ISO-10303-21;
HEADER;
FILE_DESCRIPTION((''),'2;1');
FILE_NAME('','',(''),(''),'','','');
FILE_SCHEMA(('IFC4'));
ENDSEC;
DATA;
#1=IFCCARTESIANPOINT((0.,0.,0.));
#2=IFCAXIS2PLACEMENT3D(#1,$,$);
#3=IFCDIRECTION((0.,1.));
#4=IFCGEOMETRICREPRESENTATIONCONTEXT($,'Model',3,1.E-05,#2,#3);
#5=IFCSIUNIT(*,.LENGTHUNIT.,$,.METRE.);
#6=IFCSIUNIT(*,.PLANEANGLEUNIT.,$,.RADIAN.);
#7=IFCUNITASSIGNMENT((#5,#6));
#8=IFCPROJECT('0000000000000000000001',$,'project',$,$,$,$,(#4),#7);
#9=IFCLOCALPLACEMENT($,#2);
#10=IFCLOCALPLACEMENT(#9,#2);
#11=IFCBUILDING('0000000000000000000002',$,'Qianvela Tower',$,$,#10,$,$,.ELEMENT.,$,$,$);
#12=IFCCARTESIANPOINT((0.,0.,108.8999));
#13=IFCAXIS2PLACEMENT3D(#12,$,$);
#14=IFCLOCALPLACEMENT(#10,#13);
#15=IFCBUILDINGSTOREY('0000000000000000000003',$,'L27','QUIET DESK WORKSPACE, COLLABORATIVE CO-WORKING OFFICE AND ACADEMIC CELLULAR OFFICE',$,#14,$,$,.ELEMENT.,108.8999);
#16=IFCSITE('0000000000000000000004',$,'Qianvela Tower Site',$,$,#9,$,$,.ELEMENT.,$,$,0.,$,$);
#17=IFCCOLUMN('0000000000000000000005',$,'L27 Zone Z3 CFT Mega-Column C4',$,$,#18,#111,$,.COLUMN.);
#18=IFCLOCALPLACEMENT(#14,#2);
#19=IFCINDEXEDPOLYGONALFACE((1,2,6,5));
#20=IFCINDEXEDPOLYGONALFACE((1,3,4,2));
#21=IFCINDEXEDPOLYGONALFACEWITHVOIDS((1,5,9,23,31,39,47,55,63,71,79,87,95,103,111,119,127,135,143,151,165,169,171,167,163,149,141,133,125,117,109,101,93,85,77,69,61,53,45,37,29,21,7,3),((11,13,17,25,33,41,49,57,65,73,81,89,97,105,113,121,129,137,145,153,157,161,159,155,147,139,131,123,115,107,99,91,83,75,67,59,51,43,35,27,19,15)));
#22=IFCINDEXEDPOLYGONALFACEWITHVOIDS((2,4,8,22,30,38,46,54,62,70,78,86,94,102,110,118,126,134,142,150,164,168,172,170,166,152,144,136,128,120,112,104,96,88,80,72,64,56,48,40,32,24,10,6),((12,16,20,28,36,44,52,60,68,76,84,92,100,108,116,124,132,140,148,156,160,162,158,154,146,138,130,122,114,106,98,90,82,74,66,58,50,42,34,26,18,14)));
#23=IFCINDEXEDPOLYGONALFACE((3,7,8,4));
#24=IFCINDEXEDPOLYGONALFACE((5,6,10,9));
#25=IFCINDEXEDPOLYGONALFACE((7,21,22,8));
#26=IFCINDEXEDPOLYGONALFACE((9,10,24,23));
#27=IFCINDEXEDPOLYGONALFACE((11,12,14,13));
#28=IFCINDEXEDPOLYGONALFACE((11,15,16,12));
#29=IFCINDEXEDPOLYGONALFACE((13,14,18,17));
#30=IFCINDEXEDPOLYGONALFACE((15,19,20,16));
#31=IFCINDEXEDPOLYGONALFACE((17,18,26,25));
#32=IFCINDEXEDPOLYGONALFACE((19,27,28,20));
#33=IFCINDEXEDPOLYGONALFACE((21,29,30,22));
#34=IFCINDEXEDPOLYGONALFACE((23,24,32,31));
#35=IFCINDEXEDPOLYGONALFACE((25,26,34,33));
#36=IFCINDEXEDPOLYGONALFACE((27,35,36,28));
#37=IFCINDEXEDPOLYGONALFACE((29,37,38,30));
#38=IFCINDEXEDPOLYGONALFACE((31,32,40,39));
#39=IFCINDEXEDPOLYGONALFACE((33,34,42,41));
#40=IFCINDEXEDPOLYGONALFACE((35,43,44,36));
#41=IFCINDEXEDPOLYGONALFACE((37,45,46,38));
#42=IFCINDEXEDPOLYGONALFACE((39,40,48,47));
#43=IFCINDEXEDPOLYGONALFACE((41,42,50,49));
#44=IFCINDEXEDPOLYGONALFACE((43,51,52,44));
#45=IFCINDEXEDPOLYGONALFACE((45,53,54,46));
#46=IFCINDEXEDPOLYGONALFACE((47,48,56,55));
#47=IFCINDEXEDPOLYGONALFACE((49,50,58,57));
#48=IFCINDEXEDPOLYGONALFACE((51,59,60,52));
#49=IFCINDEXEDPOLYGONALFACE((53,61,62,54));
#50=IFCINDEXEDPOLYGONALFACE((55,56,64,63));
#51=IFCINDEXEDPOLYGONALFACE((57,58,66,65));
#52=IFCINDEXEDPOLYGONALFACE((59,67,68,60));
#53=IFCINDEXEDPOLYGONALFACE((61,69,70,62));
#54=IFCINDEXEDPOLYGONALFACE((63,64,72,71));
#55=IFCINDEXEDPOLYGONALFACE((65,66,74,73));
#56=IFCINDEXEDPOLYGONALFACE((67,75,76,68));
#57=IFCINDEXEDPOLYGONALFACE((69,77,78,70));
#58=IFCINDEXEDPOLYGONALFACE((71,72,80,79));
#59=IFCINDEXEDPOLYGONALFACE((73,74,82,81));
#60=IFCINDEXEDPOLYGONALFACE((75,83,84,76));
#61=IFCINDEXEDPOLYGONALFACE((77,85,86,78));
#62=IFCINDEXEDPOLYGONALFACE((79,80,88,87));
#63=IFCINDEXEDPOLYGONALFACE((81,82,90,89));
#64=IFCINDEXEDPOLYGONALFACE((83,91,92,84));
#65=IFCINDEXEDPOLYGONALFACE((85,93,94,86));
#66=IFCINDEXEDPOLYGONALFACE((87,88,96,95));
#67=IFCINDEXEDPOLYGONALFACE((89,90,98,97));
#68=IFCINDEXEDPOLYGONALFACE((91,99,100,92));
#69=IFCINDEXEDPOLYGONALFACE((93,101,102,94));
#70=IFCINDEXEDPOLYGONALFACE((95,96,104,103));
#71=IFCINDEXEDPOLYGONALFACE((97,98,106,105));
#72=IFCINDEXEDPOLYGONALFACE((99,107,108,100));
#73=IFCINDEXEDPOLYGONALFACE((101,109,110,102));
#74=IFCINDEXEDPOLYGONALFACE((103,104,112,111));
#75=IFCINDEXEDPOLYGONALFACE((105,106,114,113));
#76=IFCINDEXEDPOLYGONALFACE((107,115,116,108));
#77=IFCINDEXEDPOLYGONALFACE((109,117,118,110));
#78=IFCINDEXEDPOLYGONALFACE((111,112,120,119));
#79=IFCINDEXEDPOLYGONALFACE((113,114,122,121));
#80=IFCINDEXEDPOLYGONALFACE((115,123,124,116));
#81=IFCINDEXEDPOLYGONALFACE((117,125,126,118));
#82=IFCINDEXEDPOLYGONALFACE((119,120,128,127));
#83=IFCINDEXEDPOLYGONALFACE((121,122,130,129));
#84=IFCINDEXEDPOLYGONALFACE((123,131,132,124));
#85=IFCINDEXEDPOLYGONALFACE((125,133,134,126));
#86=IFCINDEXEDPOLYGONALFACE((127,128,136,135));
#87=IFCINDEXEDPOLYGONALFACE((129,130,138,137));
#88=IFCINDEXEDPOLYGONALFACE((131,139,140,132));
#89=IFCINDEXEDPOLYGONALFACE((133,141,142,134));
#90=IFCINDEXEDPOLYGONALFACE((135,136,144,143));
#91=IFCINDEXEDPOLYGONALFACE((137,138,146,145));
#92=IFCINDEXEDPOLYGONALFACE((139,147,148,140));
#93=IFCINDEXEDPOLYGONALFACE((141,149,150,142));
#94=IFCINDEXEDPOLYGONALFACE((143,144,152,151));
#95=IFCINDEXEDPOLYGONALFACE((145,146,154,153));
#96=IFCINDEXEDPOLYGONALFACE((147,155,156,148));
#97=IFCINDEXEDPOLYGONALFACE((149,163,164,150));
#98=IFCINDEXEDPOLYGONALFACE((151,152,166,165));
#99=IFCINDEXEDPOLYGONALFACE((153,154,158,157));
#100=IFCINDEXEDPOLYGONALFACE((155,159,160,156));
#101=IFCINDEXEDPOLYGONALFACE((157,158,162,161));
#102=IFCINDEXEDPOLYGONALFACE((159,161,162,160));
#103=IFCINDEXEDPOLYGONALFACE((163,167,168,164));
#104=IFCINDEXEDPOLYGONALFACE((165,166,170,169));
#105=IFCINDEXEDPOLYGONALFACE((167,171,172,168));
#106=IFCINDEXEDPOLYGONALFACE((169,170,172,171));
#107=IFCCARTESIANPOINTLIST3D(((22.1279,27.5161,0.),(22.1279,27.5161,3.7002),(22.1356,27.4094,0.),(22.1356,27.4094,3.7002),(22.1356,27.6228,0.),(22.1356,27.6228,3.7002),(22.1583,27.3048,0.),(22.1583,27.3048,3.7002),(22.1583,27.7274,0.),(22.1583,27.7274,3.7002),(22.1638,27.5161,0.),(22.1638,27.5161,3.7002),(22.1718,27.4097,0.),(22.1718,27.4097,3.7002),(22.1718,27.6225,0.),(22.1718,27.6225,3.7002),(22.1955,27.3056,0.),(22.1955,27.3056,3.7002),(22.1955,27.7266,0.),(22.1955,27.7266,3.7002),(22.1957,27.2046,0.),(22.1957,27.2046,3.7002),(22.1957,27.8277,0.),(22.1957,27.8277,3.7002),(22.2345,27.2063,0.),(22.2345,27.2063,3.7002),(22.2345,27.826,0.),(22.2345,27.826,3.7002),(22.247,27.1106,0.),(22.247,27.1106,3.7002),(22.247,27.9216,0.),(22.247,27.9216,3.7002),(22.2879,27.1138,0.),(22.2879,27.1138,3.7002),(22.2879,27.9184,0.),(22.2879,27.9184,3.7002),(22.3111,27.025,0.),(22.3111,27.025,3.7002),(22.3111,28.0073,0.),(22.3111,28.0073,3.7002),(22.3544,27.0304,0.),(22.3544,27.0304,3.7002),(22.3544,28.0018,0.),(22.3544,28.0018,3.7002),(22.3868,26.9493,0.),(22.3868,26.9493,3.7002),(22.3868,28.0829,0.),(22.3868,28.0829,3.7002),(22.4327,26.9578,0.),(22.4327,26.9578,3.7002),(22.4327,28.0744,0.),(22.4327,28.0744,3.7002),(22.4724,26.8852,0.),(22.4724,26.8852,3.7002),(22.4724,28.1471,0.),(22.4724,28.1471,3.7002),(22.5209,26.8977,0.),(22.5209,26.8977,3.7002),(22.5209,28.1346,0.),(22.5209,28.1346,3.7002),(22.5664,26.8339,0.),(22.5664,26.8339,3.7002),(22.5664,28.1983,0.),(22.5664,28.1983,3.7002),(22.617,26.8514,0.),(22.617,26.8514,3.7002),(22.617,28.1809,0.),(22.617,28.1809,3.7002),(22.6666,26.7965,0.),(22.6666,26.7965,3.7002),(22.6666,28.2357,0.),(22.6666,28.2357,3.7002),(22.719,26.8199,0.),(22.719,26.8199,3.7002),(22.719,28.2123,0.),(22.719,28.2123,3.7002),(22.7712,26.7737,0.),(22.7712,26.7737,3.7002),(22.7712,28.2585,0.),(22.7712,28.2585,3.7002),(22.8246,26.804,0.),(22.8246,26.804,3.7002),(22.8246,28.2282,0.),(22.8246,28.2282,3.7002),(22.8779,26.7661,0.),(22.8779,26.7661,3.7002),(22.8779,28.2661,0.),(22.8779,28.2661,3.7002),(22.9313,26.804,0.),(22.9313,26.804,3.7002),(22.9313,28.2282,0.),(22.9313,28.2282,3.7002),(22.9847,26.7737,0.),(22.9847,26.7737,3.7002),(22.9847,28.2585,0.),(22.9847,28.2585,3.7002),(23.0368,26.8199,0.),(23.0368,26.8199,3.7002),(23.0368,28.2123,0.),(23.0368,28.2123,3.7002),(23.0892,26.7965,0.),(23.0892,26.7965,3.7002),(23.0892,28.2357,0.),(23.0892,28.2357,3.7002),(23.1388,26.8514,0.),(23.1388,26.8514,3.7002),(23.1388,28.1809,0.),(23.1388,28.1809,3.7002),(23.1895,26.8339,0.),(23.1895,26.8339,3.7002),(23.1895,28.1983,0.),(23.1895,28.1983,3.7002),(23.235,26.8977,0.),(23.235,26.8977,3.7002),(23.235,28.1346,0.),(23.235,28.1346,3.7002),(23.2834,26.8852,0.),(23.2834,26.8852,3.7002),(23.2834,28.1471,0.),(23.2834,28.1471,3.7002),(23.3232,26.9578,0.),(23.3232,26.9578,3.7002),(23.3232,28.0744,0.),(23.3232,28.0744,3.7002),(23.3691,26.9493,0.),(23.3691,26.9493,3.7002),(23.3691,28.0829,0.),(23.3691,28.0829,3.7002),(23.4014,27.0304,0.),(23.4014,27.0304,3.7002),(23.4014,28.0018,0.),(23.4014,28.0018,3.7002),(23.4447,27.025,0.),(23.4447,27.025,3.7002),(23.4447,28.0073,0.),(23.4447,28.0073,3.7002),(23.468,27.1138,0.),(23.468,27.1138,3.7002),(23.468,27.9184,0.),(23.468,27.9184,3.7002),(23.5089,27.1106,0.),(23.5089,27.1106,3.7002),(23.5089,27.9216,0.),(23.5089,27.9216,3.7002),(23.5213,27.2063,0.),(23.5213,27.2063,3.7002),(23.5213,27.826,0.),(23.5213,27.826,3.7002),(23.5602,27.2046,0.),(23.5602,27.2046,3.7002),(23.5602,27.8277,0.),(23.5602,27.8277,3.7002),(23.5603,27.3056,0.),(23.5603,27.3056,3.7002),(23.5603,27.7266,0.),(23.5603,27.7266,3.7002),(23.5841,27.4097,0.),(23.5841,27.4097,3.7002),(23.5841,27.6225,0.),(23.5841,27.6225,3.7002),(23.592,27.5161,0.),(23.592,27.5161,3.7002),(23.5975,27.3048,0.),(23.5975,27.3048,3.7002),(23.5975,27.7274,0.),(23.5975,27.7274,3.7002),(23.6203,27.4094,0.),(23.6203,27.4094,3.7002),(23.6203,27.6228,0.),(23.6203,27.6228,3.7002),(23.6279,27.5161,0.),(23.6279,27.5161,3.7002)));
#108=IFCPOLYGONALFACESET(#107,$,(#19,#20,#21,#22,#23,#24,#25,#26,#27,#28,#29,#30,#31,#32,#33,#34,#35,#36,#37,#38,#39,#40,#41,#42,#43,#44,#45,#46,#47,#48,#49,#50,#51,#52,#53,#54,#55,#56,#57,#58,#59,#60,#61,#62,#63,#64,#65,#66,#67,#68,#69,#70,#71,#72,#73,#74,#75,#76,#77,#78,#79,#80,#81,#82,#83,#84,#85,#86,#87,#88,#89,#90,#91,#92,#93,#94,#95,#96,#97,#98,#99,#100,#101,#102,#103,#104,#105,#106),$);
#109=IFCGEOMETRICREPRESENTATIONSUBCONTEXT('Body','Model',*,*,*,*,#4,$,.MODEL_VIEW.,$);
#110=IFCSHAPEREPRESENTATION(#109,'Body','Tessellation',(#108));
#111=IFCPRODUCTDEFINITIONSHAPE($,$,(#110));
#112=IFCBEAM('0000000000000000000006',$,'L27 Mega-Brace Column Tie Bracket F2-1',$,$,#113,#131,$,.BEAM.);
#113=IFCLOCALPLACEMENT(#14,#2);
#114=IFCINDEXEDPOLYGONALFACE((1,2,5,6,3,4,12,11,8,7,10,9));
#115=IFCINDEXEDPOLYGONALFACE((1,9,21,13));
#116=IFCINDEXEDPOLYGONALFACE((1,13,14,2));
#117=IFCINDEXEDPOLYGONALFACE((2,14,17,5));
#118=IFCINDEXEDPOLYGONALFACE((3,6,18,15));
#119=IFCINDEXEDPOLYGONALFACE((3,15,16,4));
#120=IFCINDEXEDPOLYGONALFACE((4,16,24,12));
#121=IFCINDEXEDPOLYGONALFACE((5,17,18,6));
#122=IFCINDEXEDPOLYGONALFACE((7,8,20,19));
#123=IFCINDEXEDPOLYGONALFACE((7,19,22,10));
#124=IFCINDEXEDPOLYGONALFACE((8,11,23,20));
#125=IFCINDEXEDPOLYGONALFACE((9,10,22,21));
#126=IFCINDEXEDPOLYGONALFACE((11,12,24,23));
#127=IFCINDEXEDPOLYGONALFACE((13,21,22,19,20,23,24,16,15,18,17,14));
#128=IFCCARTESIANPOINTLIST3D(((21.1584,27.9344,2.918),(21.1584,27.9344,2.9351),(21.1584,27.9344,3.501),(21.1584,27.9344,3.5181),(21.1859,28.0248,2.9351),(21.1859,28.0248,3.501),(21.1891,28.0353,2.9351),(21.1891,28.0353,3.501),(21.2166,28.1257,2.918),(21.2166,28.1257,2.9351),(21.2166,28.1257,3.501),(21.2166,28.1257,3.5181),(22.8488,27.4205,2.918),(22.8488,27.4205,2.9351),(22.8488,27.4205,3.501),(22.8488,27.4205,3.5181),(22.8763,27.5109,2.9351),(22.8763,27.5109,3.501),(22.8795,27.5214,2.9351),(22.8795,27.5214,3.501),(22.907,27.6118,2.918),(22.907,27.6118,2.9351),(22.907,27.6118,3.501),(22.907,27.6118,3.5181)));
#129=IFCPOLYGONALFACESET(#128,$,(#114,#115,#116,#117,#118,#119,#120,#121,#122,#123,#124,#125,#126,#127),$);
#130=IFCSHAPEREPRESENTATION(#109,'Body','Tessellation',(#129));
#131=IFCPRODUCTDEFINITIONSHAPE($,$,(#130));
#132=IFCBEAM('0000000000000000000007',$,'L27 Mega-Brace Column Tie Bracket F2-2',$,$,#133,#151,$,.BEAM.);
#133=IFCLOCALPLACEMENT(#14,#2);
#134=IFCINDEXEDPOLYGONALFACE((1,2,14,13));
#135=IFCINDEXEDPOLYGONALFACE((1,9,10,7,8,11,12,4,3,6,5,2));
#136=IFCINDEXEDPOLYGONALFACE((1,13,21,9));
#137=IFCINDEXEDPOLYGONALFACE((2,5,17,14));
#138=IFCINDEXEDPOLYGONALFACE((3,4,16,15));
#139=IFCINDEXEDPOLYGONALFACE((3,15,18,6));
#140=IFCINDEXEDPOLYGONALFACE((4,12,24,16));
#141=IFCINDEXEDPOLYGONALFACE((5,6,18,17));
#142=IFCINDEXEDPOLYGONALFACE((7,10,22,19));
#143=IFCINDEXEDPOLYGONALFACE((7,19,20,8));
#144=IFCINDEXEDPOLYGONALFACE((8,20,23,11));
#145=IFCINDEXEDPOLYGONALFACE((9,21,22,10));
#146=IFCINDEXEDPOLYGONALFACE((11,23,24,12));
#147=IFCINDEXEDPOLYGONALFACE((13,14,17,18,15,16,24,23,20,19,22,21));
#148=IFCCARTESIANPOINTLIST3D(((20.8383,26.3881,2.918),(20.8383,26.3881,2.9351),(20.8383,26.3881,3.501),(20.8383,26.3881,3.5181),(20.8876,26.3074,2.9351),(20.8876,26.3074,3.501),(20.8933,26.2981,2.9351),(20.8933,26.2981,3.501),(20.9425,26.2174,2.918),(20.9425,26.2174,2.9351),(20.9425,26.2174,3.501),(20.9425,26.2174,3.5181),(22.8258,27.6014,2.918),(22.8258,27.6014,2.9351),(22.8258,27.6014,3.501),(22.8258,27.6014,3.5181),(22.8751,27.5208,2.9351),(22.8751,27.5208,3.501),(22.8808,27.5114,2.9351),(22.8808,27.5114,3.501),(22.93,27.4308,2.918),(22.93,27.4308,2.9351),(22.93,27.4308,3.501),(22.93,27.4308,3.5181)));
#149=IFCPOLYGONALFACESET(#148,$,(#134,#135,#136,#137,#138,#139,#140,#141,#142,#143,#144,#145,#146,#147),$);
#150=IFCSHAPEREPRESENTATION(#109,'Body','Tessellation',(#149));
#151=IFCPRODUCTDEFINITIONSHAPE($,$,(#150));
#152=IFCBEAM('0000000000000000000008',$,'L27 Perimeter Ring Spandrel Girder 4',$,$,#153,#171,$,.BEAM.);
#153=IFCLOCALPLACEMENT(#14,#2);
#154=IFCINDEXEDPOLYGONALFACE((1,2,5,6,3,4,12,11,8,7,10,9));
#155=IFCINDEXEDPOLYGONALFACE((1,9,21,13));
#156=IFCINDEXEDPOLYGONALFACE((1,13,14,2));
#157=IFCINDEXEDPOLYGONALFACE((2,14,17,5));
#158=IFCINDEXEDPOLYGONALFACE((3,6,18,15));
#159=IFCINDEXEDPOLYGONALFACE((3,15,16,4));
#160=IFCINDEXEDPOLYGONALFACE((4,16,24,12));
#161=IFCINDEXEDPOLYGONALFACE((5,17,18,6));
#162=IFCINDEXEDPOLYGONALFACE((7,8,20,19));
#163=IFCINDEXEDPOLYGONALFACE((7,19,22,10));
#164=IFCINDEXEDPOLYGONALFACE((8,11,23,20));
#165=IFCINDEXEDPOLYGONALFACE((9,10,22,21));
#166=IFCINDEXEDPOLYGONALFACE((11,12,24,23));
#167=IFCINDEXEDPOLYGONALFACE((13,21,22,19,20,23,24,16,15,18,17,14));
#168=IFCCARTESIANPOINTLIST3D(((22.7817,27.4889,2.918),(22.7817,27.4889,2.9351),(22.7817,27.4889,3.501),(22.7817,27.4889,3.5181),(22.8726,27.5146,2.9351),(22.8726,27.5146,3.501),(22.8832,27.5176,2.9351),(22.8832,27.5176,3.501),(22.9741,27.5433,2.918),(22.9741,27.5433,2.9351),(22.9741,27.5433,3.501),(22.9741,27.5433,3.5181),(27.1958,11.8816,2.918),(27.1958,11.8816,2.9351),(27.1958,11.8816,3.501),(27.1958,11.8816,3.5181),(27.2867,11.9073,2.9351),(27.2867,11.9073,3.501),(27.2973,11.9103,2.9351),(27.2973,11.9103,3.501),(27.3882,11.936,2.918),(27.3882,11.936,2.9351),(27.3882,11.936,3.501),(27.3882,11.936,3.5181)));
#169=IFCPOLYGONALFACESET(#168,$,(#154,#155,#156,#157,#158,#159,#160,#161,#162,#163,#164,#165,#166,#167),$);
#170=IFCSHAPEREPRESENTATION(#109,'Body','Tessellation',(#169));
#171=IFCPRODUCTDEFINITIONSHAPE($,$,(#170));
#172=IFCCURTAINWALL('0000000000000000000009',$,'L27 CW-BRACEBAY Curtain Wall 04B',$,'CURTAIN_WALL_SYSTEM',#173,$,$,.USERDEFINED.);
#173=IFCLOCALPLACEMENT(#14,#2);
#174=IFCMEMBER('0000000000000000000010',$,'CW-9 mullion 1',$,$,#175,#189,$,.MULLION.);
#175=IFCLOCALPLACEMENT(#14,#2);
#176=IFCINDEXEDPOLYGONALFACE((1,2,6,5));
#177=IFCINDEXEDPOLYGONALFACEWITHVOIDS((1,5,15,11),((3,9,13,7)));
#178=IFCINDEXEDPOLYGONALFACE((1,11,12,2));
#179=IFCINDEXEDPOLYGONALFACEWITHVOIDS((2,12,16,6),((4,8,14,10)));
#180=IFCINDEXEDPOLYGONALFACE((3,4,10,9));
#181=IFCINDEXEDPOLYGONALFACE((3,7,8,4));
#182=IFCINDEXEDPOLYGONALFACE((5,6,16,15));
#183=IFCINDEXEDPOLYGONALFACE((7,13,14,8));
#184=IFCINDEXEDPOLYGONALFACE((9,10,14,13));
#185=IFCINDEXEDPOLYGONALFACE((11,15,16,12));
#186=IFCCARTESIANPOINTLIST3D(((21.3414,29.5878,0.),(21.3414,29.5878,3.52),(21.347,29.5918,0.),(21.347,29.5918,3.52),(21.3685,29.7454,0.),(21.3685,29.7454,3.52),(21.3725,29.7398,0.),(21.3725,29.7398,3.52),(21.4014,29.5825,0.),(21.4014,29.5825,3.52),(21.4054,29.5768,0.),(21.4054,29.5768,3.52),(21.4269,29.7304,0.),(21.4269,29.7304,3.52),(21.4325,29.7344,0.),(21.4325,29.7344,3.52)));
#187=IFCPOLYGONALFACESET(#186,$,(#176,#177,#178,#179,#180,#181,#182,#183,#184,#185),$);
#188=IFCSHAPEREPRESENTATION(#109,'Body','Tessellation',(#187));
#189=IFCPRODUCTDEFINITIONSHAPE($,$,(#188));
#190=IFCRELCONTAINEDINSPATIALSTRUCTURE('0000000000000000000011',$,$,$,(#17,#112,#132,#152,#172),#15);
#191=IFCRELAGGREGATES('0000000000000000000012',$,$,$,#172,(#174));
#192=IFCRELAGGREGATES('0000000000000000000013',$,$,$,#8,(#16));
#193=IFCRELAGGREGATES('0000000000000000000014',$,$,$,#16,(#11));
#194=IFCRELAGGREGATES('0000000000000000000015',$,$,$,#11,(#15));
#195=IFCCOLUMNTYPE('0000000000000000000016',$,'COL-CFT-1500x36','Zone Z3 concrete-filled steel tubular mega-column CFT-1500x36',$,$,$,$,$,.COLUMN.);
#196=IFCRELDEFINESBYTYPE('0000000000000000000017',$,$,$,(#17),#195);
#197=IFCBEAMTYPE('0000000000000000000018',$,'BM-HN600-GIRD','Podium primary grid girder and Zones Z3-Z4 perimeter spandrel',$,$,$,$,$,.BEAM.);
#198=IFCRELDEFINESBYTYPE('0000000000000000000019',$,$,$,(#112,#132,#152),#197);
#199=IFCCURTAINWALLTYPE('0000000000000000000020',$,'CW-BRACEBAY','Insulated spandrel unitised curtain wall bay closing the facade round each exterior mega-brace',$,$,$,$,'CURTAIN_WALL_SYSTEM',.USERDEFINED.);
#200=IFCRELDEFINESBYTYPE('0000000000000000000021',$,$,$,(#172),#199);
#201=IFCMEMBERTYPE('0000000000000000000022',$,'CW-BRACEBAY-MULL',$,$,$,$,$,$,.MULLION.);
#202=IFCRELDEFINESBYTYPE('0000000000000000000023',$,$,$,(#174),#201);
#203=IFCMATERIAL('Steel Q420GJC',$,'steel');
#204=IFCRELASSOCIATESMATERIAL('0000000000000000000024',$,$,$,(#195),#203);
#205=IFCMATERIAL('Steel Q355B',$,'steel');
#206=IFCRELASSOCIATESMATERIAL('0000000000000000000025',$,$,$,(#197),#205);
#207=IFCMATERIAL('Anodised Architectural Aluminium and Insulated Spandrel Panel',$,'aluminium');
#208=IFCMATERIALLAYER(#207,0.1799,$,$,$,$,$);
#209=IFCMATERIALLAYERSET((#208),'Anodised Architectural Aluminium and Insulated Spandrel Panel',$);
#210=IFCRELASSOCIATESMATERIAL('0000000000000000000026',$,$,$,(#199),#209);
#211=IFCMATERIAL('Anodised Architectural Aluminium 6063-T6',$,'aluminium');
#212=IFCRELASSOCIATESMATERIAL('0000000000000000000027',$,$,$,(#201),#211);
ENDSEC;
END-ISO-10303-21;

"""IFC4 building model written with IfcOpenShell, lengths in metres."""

from ifc_helpers import new_model, si_unit, direction, frame, origin, origin_2d, place, context, subcontext, project, spatial, hollow_rectangle, hollow_circle, i_section, extrude, material, layer, layer_set, material_profile, profile_set, type_object, element, aggregate, save


model = new_model("IFC4")

# Units and contexts
model_context = context("Model", 3, precision=1e-05, world=origin(), true_north=direction((0.0, 1.0)))
body_context = subcontext(model_context, "Body", "Model", "MODEL_VIEW")
ifc_project = project(units=[si_unit("LENGTHUNIT", "METRE"), si_unit("PLANEANGLEUNIT", "RADIAN")], contexts=[model_context])

# Site, building, storey
site_placement = place(None, origin())
site = spatial("IfcSite", under=ifc_project, at=site_placement, Name="Qianvela Tower Site", CompositionType="ELEMENT", RefElevation=0.0)
building_placement = place(site_placement, origin())
building = spatial("IfcBuilding", under=site, at=building_placement, Name="Qianvela Tower", CompositionType="ELEMENT")
storey_placement = place(building_placement, frame((0.0, 0.0, 108.8999)))
storey = spatial("IfcBuildingStorey", under=building, at=storey_placement, Name="L27", Description="QUIET DESK WORKSPACE, COLLABORATIVE CO-WORKING OFFICE AND ACADEMIC CELLULAR OFFICE", CompositionType="ELEMENT", Elevation=108.8999)

# Column
ifc_material_1 = material(Name="Steel Q420GJC", Category="steel")
ifc_material_profile_1 = material_profile(ifc_material_1, hollow_circle(Radius=0.75, WallThickness=0.0359, at=origin_2d()), Name="CFT-1500x36")
ifc_profile_set_1 = profile_set([ifc_material_profile_1], Name="Steel Q420GJC")
column_type = type_object("IfcColumnType", Name="COL-CFT-1500x36", Description="Zone Z3 concrete-filled steel tubular mega-column CFT-1500x36", PredefinedType="COLUMN", material=ifc_profile_set_1)
column_placement = place(storey_placement, frame((22.8779, 27.5161, 0.0), z_axis=(0.0, 0.0, 1.0), x_axis=(1.0, 0.0, 0.0)))
element("IfcColumn", 1, at=column_placement, inside=storey, type_object=column_type, Name="L27 Zone Z3 CFT Mega-Column C4", PredefinedType="COLUMN", context=body_context, shape_type="SweptSolid", body=[
    extrude(hollow_circle(Radius=0.75, WallThickness=0.0359, at=origin_2d()), origin(), (0.0, 0.0, 1.0), 3.7002),
])

# Beams
ifc_material_2 = material(Name="Steel Q355B", Category="steel")
ifc_material_profile_2 = material_profile(ifc_material_2, i_section(OverallWidth=0.2, OverallDepth=0.6001, WebThickness=0.011, FlangeThickness=0.0171, at=origin_2d()), Name="HN600x200x11x17")
ifc_profile_set_2 = profile_set([ifc_material_profile_2], Name="Steel Q355B")
beam_type = type_object("IfcBeamType", Name="BM-HN600-GIRD", Description="Podium primary grid girder and Zones Z3-Z4 perimeter spandrel", PredefinedType="BEAM", material=ifc_profile_set_2)
beam_1_placement = place(storey_placement, frame((22.8779, 27.5161, 3.218), z_axis=(-0.956763, 0.29087, 0.0), x_axis=(-0.29087, -0.956763, 0.0)))
element("IfcBeam", 2, at=beam_1_placement, inside=storey, type_object=beam_type, Name="L27 Mega-Brace Column Tie Bracket F2-1", PredefinedType="BEAM", context=body_context, shape_type="SweptSolid", body=[
    extrude(i_section(OverallWidth=0.2, OverallDepth=0.6001, WebThickness=0.011, FlangeThickness=0.0171, at=origin_2d()), origin(), (0.0, 0.0, 1.0), 1.7668),
])
beam_2_placement = place(storey_placement, frame((22.8779, 27.5161, 3.218), z_axis=(-0.853518, -0.521064, 0.0), x_axis=(0.521064, -0.853518, 0.0)))
element("IfcBeam", 3, at=beam_2_placement, inside=storey, type_object=beam_type, Name="L27 Mega-Brace Column Tie Bracket F2-2", PredefinedType="BEAM", context=body_context, shape_type="SweptSolid", body=[
    extrude(i_section(OverallWidth=0.2, OverallDepth=0.6001, WebThickness=0.011, FlangeThickness=0.0171, at=origin_2d()), origin(), (0.0, 0.0, 1.0), 2.3286),
])
beam_3_placement = place(storey_placement, frame((22.8779, 27.5161, 3.218), z_axis=(0.272148, -0.962256, 0.0), x_axis=(0.962256, 0.272148, 0.0)))
element("IfcBeam", 4, at=beam_3_placement, inside=storey, type_object=beam_type, Name="L27 Perimeter Ring Spandrel Girder 4", PredefinedType="BEAM", context=body_context, shape_type="SweptSolid", body=[
    extrude(i_section(OverallWidth=0.2, OverallDepth=0.6001, WebThickness=0.011, FlangeThickness=0.0171, at=origin_2d()), origin(), (0.0, 0.0, 1.0), 16.2195),
])

# Curtain wall, member
ifc_material_3 = material(Name="Anodised Architectural Aluminium and Insulated Spandrel Panel", Category="aluminium")
ifc_layer_1 = layer(ifc_material_3, 0.1799)
ifc_layer_set_1 = layer_set([ifc_layer_1], Name="Anodised Architectural Aluminium and Insulated Spandrel Panel")
curtain_wall_type_1 = type_object("IfcCurtainWallType", Name="CW-BRACEBAY", Description="Insulated spandrel unitised curtain wall bay closing the facade round each exterior mega-brace", ElementType="CURTAIN_WALL_SYSTEM", PredefinedType="USERDEFINED", material=ifc_layer_set_1)
curtain_wall_1_placement = place(storey_placement, origin())
curtain_wall_1 = element("IfcCurtainWall", 5, at=curtain_wall_1_placement, inside=storey, type_object=curtain_wall_type_1, Name="L27 CW-BRACEBAY Curtain Wall 04B", ObjectType="CURTAIN_WALL_SYSTEM", PredefinedType="USERDEFINED")
ifc_material_4 = material(Name="Anodised Architectural Aluminium 6063-T6", Category="aluminium")
ifc_material_profile_3 = material_profile(ifc_material_4, hollow_rectangle(XDim=0.0649, YDim=0.1599, WallThickness=0.0049, at=origin_2d()), Name="ALU-MULL-65x160")
ifc_profile_set_3 = profile_set([ifc_material_profile_3], Name="Anodised Architectural Aluminium 6063-T6")
member_type_1 = type_object("IfcMemberType", Name="CW-BRACEBAY-MULL", PredefinedType="MULLION", material=ifc_profile_set_3)
member_1_placement = place(storey_placement, frame((21.387, 29.6611, 0.0), z_axis=(0.0, 0.0, 1.0), x_axis=(0.985528, -0.169515, 0.0)))
member_1 = element("IfcMember", 6, at=member_1_placement, type_object=member_type_1, Name="CW-9 mullion 1", PredefinedType="MULLION", context=body_context, shape_type="SweptSolid", body=[
    extrude(hollow_rectangle(XDim=0.0649, YDim=0.1599, WallThickness=0.0049, at=origin_2d()), origin(), (0.0, 0.0, 1.0), 3.52),
])

aggregate(curtain_wall_1, [member_1])

save(model, "model.ifc")
